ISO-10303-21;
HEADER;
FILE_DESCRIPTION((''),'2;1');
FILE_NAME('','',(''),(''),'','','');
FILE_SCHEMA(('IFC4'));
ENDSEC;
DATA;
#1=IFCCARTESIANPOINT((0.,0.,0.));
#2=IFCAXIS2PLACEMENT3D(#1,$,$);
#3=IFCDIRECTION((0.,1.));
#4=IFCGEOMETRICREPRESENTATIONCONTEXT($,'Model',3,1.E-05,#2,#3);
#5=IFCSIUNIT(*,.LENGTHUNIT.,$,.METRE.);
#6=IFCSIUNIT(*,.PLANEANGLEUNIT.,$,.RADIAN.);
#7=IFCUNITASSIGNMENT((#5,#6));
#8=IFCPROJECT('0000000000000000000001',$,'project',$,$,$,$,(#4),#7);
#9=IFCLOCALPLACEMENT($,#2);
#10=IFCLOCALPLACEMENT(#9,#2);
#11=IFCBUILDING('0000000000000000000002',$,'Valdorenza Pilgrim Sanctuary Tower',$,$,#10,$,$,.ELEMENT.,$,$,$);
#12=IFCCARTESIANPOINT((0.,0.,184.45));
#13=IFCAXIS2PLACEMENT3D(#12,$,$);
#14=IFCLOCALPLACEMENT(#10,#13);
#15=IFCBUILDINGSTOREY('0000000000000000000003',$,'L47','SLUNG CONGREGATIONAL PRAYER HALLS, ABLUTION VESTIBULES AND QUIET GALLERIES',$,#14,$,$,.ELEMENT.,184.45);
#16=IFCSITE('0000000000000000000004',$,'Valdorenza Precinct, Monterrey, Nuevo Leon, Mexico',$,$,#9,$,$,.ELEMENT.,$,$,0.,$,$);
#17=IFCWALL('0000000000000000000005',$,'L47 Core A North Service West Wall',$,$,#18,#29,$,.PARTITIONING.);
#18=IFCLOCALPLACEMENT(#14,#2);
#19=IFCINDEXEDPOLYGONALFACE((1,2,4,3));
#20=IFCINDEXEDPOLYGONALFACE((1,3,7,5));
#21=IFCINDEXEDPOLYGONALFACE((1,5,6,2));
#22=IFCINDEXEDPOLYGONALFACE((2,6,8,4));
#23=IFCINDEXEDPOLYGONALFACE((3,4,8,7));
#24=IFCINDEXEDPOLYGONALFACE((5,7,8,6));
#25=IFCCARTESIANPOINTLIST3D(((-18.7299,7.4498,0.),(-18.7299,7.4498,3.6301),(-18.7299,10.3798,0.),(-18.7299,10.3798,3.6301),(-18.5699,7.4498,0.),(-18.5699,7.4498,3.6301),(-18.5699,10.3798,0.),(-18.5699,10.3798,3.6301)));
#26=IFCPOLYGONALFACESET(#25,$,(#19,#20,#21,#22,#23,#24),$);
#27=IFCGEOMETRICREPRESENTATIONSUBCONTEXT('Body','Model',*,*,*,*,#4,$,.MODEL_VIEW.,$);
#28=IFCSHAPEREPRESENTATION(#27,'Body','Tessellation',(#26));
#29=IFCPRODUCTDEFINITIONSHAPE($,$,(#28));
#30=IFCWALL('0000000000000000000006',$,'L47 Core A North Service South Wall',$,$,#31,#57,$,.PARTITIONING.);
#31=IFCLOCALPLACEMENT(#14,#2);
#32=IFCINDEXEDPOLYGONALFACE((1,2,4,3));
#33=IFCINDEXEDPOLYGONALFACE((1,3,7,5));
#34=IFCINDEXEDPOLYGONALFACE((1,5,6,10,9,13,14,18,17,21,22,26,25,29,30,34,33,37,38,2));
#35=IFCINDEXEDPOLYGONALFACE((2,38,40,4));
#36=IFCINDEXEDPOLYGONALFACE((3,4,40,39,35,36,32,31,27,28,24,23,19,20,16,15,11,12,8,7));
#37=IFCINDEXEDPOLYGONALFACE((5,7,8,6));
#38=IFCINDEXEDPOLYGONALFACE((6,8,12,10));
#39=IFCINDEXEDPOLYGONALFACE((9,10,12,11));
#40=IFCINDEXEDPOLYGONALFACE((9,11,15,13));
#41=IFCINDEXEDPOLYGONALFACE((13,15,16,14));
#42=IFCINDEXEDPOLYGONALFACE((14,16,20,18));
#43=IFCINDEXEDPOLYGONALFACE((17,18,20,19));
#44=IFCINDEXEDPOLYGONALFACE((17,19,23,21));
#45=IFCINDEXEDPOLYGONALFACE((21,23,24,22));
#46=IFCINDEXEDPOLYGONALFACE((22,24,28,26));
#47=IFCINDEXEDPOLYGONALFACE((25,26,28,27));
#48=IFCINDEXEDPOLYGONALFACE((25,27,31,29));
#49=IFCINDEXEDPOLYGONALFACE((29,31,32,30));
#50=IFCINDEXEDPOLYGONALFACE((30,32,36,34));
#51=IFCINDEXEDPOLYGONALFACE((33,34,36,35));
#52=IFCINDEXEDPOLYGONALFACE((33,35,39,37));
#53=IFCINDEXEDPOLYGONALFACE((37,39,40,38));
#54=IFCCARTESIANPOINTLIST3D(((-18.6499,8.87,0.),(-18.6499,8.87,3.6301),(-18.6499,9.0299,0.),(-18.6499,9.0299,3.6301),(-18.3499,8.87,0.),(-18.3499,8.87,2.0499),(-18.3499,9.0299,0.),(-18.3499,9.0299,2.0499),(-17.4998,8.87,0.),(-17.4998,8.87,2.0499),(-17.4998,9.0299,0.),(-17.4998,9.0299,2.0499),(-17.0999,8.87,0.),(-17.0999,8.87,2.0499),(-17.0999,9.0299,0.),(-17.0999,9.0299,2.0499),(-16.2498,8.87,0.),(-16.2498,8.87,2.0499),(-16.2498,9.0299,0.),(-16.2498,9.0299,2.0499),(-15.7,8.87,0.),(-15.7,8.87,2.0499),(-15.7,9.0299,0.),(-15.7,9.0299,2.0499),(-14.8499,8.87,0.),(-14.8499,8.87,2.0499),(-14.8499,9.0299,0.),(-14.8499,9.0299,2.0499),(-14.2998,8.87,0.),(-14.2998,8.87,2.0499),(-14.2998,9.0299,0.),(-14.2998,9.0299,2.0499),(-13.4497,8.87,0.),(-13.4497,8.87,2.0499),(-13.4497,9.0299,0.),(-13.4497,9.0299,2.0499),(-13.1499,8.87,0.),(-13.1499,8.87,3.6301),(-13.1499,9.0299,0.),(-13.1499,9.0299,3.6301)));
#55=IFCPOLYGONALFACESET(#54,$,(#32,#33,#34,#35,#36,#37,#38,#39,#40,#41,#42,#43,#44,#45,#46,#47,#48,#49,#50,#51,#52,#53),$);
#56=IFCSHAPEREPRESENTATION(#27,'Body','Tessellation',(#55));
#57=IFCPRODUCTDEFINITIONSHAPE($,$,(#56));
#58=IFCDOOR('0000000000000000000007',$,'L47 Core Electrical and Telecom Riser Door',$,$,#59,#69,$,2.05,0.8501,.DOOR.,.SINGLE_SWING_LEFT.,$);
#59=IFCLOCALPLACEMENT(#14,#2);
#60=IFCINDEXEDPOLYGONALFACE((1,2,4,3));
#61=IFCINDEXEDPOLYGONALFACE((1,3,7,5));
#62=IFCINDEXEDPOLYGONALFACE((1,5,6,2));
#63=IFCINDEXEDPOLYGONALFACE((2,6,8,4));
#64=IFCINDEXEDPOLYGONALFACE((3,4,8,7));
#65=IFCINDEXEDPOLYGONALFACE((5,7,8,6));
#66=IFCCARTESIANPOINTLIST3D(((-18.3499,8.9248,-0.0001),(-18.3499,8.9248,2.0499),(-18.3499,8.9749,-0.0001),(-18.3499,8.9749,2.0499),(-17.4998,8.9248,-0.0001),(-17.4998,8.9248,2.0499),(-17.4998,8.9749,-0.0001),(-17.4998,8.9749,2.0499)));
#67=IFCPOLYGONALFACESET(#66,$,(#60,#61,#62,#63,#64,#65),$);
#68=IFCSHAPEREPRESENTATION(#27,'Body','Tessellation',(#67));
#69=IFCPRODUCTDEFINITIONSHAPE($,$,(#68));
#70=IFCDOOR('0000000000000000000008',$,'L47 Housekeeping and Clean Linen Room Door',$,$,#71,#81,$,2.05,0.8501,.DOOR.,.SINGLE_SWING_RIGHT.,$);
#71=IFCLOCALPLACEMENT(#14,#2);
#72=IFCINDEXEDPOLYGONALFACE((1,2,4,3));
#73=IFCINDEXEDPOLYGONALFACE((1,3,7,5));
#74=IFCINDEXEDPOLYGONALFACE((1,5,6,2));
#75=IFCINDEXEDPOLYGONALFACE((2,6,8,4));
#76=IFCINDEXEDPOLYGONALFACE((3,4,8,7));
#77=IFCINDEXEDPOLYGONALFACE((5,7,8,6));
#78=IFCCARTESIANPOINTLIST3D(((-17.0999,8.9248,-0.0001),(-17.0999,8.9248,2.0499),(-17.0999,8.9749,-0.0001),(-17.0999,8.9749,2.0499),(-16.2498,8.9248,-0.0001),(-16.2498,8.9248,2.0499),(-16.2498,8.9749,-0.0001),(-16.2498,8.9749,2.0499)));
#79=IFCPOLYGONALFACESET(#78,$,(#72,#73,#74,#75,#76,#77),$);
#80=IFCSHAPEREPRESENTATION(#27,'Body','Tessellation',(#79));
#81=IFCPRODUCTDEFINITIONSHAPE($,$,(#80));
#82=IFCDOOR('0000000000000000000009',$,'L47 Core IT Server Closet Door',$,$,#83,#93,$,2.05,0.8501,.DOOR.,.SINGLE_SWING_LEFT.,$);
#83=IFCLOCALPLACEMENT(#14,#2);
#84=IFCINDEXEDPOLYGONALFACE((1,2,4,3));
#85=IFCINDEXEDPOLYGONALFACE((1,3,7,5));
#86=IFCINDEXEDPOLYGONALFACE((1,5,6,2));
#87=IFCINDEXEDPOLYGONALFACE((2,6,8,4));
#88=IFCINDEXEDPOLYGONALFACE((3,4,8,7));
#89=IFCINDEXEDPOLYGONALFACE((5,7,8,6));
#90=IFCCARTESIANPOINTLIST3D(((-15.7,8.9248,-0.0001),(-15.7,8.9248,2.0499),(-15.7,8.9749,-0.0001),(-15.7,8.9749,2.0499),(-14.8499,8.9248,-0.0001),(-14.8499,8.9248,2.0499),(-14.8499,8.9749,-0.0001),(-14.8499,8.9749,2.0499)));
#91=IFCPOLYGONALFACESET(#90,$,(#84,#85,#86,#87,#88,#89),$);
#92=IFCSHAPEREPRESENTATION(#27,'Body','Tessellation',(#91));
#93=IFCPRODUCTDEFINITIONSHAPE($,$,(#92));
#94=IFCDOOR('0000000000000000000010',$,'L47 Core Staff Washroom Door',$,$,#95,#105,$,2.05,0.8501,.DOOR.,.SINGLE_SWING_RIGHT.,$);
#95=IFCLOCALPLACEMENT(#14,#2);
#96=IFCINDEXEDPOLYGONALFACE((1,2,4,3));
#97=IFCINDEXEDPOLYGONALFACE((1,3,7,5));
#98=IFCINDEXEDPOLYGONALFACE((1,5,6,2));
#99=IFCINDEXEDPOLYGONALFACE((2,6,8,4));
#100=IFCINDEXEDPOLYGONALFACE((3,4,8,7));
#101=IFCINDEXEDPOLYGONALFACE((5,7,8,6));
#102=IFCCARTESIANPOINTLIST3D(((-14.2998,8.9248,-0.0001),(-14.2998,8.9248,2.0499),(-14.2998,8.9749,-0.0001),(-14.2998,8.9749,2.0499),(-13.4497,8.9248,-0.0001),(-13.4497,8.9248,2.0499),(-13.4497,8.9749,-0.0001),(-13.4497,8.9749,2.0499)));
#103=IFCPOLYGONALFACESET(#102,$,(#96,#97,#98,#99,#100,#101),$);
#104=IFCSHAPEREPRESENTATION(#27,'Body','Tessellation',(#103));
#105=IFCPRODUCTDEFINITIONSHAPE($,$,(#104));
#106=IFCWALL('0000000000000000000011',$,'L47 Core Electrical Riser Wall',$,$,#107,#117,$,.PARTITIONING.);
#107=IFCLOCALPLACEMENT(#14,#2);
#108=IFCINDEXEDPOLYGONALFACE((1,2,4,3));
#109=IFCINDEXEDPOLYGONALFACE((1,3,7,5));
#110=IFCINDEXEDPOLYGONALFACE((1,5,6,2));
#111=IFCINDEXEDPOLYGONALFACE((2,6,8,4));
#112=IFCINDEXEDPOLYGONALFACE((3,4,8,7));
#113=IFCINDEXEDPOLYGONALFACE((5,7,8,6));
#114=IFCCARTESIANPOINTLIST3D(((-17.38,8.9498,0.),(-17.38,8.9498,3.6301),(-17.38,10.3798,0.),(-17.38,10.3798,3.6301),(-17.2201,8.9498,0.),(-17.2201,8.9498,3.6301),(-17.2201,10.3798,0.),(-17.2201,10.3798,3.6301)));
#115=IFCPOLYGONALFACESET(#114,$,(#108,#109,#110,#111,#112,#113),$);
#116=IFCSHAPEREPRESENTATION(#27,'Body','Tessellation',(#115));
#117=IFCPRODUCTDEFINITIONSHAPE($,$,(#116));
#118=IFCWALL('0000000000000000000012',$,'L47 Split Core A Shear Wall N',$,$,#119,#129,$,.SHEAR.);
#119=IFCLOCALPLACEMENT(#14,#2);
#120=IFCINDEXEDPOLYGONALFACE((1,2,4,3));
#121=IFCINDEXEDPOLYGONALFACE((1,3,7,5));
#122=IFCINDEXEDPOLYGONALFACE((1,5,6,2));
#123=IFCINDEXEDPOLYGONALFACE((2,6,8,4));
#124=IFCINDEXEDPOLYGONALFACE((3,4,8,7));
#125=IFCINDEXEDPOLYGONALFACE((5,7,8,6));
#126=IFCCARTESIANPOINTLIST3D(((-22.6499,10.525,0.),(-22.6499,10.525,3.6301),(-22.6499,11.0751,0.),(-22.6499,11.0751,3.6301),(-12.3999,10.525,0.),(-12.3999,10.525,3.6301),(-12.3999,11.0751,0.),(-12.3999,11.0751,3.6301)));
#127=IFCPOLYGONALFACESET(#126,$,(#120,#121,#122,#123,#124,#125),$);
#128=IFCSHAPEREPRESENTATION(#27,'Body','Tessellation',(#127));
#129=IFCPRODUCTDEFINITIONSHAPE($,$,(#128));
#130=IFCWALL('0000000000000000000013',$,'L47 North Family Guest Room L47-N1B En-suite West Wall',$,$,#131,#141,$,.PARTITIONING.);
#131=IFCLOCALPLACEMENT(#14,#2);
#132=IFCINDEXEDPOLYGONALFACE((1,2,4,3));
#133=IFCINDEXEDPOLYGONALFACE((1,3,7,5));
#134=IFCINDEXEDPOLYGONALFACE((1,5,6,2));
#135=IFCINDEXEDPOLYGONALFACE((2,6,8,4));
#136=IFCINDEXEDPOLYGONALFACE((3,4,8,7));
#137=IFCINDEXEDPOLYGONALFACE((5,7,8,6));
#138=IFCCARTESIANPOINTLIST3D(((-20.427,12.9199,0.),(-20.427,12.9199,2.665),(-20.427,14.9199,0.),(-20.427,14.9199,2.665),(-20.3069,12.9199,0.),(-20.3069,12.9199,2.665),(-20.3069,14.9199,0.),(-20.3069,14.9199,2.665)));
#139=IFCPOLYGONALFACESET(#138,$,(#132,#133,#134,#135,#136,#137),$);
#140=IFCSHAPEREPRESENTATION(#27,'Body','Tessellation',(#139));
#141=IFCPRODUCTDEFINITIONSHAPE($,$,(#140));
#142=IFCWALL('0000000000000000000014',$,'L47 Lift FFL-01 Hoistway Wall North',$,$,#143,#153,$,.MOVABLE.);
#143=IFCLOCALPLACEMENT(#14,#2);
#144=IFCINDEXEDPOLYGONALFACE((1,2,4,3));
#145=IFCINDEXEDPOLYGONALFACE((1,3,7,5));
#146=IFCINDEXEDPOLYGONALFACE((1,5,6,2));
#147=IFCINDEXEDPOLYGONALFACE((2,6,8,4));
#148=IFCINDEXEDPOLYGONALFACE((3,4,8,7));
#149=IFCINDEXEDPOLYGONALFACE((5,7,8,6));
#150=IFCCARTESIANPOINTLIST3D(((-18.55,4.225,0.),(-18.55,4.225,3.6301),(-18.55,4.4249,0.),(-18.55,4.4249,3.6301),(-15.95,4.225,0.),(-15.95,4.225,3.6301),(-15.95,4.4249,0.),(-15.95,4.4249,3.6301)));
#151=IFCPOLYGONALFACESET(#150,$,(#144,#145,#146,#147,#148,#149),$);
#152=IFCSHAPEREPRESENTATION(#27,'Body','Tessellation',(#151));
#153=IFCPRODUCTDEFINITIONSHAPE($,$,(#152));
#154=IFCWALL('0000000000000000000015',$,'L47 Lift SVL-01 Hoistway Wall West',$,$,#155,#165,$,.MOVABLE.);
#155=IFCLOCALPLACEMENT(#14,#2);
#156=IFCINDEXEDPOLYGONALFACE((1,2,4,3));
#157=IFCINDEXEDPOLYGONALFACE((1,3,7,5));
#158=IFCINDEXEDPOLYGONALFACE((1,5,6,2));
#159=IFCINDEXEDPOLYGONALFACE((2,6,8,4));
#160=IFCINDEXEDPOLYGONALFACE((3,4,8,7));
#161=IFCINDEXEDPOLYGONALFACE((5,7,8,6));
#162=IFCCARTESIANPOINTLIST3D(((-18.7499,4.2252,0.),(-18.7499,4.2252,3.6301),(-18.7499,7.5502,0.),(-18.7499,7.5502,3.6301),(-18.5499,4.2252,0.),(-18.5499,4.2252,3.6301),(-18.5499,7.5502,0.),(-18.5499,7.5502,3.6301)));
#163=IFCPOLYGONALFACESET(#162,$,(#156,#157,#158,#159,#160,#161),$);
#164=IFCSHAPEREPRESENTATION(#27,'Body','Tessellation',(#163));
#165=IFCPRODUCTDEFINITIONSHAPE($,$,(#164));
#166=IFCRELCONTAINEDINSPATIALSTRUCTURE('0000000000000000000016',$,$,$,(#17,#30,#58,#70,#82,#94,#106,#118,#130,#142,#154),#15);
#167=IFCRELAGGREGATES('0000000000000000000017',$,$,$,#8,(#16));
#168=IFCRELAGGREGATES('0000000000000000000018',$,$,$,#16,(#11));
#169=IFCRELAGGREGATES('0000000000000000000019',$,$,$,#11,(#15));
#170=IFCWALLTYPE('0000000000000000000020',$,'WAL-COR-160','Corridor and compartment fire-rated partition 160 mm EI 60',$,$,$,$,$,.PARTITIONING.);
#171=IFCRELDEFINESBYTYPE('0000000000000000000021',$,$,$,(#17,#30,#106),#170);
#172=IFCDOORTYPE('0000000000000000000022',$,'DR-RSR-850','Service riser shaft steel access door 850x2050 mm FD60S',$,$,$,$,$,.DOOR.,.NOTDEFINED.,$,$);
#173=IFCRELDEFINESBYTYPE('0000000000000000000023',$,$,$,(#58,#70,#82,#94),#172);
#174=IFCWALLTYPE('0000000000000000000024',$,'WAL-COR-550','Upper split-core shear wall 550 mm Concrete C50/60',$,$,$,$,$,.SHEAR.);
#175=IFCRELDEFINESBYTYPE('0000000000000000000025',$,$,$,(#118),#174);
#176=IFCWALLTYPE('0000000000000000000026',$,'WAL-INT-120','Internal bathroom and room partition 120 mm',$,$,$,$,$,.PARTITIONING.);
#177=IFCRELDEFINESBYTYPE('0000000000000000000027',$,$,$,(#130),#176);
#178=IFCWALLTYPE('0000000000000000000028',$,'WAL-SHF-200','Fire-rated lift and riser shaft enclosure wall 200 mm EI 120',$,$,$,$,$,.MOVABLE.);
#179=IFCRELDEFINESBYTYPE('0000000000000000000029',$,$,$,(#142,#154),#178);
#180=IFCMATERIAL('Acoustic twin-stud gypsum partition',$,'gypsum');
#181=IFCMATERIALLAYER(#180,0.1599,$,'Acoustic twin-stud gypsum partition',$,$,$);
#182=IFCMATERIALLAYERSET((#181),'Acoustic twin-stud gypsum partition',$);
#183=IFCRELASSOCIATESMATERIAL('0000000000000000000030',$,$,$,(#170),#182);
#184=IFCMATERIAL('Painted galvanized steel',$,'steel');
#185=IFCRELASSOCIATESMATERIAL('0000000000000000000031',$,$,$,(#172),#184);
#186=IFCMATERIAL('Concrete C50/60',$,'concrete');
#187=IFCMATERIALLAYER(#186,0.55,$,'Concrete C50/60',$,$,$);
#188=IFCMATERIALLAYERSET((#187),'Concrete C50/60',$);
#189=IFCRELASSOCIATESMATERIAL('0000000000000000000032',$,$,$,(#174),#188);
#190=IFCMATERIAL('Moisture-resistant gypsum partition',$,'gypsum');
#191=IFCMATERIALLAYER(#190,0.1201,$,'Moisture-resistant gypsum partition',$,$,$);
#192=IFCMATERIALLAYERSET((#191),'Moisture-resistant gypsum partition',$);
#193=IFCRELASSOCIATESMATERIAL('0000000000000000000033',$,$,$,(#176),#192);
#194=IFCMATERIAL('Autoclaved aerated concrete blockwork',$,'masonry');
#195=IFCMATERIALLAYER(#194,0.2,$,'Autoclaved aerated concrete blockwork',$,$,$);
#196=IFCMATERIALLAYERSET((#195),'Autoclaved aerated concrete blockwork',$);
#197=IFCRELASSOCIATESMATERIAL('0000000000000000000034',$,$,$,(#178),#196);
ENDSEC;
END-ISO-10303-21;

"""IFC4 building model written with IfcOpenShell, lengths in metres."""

from ifc_helpers import new_model, si_unit, direction, frame, frame_2d, origin, place, context, subcontext, project, spatial, rectangle, extrude, material, layer, layer_set, type_object, element, fill, save


model = new_model("IFC4")

# Units and contexts
model_context = context("Model", 3, precision=1e-05, world=origin(), true_north=direction((0.0, 1.0)))
body_context = subcontext(model_context, "Body", "Model", "MODEL_VIEW")
ifc_project = project(units=[si_unit("LENGTHUNIT", "METRE"), si_unit("PLANEANGLEUNIT", "RADIAN")], contexts=[model_context])

# Site, building, storey
site_placement = place(None, origin())
site = spatial("IfcSite", under=ifc_project, at=site_placement, Name="Valdorenza Precinct, Monterrey, Nuevo Leon, Mexico", CompositionType="ELEMENT", RefElevation=0.0)
building_placement = place(site_placement, origin())
building = spatial("IfcBuilding", under=site, at=building_placement, Name="Valdorenza Pilgrim Sanctuary Tower", CompositionType="ELEMENT")
storey_placement = place(building_placement, frame((0.0, 0.0, 184.45)))
storey = spatial("IfcBuildingStorey", under=building, at=storey_placement, Name="L47", Description="SLUNG CONGREGATIONAL PRAYER HALLS, ABLUTION VESTIBULES AND QUIET GALLERIES", CompositionType="ELEMENT", Elevation=184.45)

# Wall
ifc_material_1 = material(Name="Acoustic twin-stud gypsum partition", Category="gypsum")
ifc_layer_1 = layer(ifc_material_1, 0.1599, Name="Acoustic twin-stud gypsum partition")
ifc_layer_set_1 = layer_set([ifc_layer_1], Name="Acoustic twin-stud gypsum partition")
wall_type_1 = type_object("IfcWallType", Name="WAL-COR-160", Description="Corridor and compartment fire-rated partition 160 mm EI 60", PredefinedType="PARTITIONING", material=ifc_layer_set_1)
wall_1_placement = place(storey_placement, frame((-18.6499, 7.45, 0.0), z_axis=(0.0, 0.0, 1.0), x_axis=(0.0, 1.0, 0.0)))
element("IfcWall", 1, at=wall_1_placement, inside=storey, type_object=wall_type_1, Name="L47 Core A North Service West Wall", PredefinedType="PARTITIONING", context=body_context, shape_type="SweptSolid", body=[
    extrude(rectangle(XDim=2.9299, YDim=0.1599, at=frame_2d((1.4648, 0.0))), origin(), (0.0, 0.0, 1.0), 3.6301),
])

# Wall, openings, doors
wall_2_placement = place(storey_placement, frame((-18.6499, 8.95, 0.0), z_axis=(0.0, 0.0, 1.0), x_axis=(1.0, 0.0, 0.0)))
wall_2 = element("IfcWall", 2, at=wall_2_placement, inside=storey, type_object=wall_type_1, Name="L47 Core A North Service South Wall", PredefinedType="PARTITIONING", context=body_context, shape_type="SweptSolid", body=[
    extrude(rectangle(XDim=5.5, YDim=0.1599, at=frame_2d((2.75, 0.0))), origin(), (0.0, 0.0, 1.0), 3.6301),
])
opening_1_placement = place(wall_2_placement, frame((0.3, 0.0, 0.0)))
opening_1 = element("IfcOpeningElement", 3, at=opening_1_placement, cuts=wall_2, PredefinedType="OPENING", context=body_context, shape_type="SweptSolid", body=[
    extrude(rectangle(XDim=0.8501, YDim=2.05, at=frame_2d((0.425, 1.0249))), frame((0.0, 0.0947, 0.0), z_axis=(0.0, -1.0, 0.0), x_axis=(1.0, 0.0, 0.0)), (0.0, 0.0, 1.0), 0.1897),
])
opening_2_placement = place(wall_2_placement, frame((1.55, 0.0, 0.0)))
opening_2 = element("IfcOpeningElement", 4, at=opening_2_placement, cuts=wall_2, PredefinedType="OPENING", context=body_context, shape_type="SweptSolid", body=[
    extrude(rectangle(XDim=0.8501, YDim=2.05, at=frame_2d((0.425, 1.0249))), frame((0.0, 0.0947, 0.0), z_axis=(0.0, -1.0, 0.0), x_axis=(1.0, 0.0, 0.0)), (0.0, 0.0, 1.0), 0.1897),
])
opening_3_placement = place(wall_2_placement, frame((2.95, 0.0, 0.0)))
opening_3 = element("IfcOpeningElement", 5, at=opening_3_placement, cuts=wall_2, PredefinedType="OPENING", context=body_context, shape_type="SweptSolid", body=[
    extrude(rectangle(XDim=0.8501, YDim=2.05, at=frame_2d((0.425, 1.0249))), frame((0.0, 0.0947, 0.0), z_axis=(0.0, -1.0, 0.0), x_axis=(1.0, 0.0, 0.0)), (0.0, 0.0, 1.0), 0.1897),
])
opening_4_placement = place(wall_2_placement, frame((4.3501, 0.0, 0.0)))
opening_4 = element("IfcOpeningElement", 6, at=opening_4_placement, cuts=wall_2, PredefinedType="OPENING", context=body_context, shape_type="SweptSolid", body=[
    extrude(rectangle(XDim=0.8501, YDim=2.05, at=frame_2d((0.425, 1.0249))), frame((0.0, 0.0947, 0.0), z_axis=(0.0, -1.0, 0.0), x_axis=(1.0, 0.0, 0.0)), (0.0, 0.0, 1.0), 0.1897),
])
ifc_material_2 = material(Name="Painted galvanized steel", Category="steel")
door_type_1 = type_object("IfcDoorType", Name="DR-RSR-850", Description="Service riser shaft steel access door 850x2050 mm FD60S", OperationType="NOTDEFINED", PredefinedType="DOOR", material=ifc_material_2)
door_1_placement = place(opening_1_placement, origin())
door_1 = element("IfcDoor", 7, at=door_1_placement, inside=storey, type_object=door_type_1, Name="L47 Core Electrical and Telecom Riser Door", OperationType="SINGLE_SWING_LEFT", OverallHeight=2.05, OverallWidth=0.8501, PredefinedType="DOOR", context=body_context, shape_type="SweptSolid", body=[
    extrude(rectangle(XDim=0.8501, YDim=2.05, at=frame_2d((0.425, 1.0249))), frame((0.0, 0.0249, 0.0), z_axis=(0.0, -1.0, 0.0), x_axis=(1.0, 0.0, 0.0)), (0.0, 0.0, 1.0), 0.05),
])
fill(opening_1, door_1)
door_2_placement = place(opening_2_placement, origin())
door_2 = element("IfcDoor", 8, at=door_2_placement, inside=storey, type_object=door_type_1, Name="L47 Housekeeping and Clean Linen Room Door", OperationType="SINGLE_SWING_RIGHT", OverallHeight=2.05, OverallWidth=0.8501, PredefinedType="DOOR", context=body_context, shape_type="SweptSolid", body=[
    extrude(rectangle(XDim=0.8501, YDim=2.05, at=frame_2d((0.425, 1.0249))), frame((0.0, 0.0249, 0.0), z_axis=(0.0, -1.0, 0.0), x_axis=(1.0, 0.0, 0.0)), (0.0, 0.0, 1.0), 0.05),
])
fill(opening_2, door_2)
door_3_placement = place(opening_3_placement, origin())
door_3 = element("IfcDoor", 9, at=door_3_placement, inside=storey, type_object=door_type_1, Name="L47 Core IT Server Closet Door", OperationType="SINGLE_SWING_LEFT", OverallHeight=2.05, OverallWidth=0.8501, PredefinedType="DOOR", context=body_context, shape_type="SweptSolid", body=[
    extrude(rectangle(XDim=0.8501, YDim=2.05, at=frame_2d((0.425, 1.0249))), frame((0.0, 0.0249, 0.0), z_axis=(0.0, -1.0, 0.0), x_axis=(1.0, 0.0, 0.0)), (0.0, 0.0, 1.0), 0.05),
])
fill(opening_3, door_3)
door_4_placement = place(opening_4_placement, origin())
door_4 = element("IfcDoor", 10, at=door_4_placement, inside=storey, type_object=door_type_1, Name="L47 Core Staff Washroom Door", OperationType="SINGLE_SWING_RIGHT", OverallHeight=2.05, OverallWidth=0.8501, PredefinedType="DOOR", context=body_context, shape_type="SweptSolid", body=[
    extrude(rectangle(XDim=0.8501, YDim=2.05, at=frame_2d((0.425, 1.0249))), frame((0.0, 0.0249, 0.0), z_axis=(0.0, -1.0, 0.0), x_axis=(1.0, 0.0, 0.0)), (0.0, 0.0, 1.0), 0.05),
])
fill(opening_4, door_4)

# Walls
wall_3_placement = place(storey_placement, frame((-17.3, 8.95, 0.0), z_axis=(0.0, 0.0, 1.0), x_axis=(0.0, 1.0, 0.0)))
element("IfcWall", 11, at=wall_3_placement, inside=storey, type_object=wall_type_1, Name="L47 Core Electrical Riser Wall", PredefinedType="PARTITIONING", context=body_context, shape_type="SweptSolid", body=[
    extrude(rectangle(XDim=1.4299, YDim=0.1599, at=frame_2d((0.7148, 0.0))), origin(), (0.0, 0.0, 1.0), 3.6301),
])
ifc_material_3 = material(Name="Concrete C50/60", Category="concrete")
ifc_layer_2 = layer(ifc_material_3, 0.55, Name="Concrete C50/60")
ifc_layer_set_2 = layer_set([ifc_layer_2], Name="Concrete C50/60")
wall_type_2 = type_object("IfcWallType", Name="WAL-COR-550", Description="Upper split-core shear wall 550 mm Concrete C50/60", PredefinedType="SHEAR", material=ifc_layer_set_2)
wall_4_placement = place(storey_placement, frame((-22.6499, 10.8, 0.0), z_axis=(0.0, 0.0, 1.0), x_axis=(1.0, 0.0, 0.0)))
element("IfcWall", 12, at=wall_4_placement, inside=storey, type_object=wall_type_2, Name="L47 Split Core A Shear Wall N", PredefinedType="SHEAR", context=body_context, shape_type="SweptSolid", body=[
    extrude(rectangle(XDim=10.25, YDim=0.55, at=frame_2d((5.125, 0.0))), origin(), (0.0, 0.0, 1.0), 3.6301),
])
ifc_material_4 = material(Name="Moisture-resistant gypsum partition", Category="gypsum")
ifc_layer_3 = layer(ifc_material_4, 0.1201, Name="Moisture-resistant gypsum partition")
ifc_layer_set_3 = layer_set([ifc_layer_3], Name="Moisture-resistant gypsum partition")
wall_type_3 = type_object("IfcWallType", Name="WAL-INT-120", Description="Internal bathroom and room partition 120 mm", PredefinedType="PARTITIONING", material=ifc_layer_set_3)
wall_5_placement = place(storey_placement, frame((-20.3669, 12.9199, 0.0), z_axis=(0.0, 0.0, 1.0), x_axis=(0.0, 1.0, 0.0)))
element("IfcWall", 13, at=wall_5_placement, inside=storey, type_object=wall_type_3, Name="L47 North Family Guest Room L47-N1B En-suite West Wall", PredefinedType="PARTITIONING", context=body_context, shape_type="SweptSolid", body=[
    extrude(rectangle(XDim=2.0, YDim=0.1201, at=frame_2d((1.0, 0.0))), origin(), (0.0, 0.0, 1.0), 2.665),
])
ifc_material_5 = material(Name="Autoclaved aerated concrete blockwork", Category="masonry")
ifc_layer_4 = layer(ifc_material_5, 0.2, Name="Autoclaved aerated concrete blockwork")
ifc_layer_set_4 = layer_set([ifc_layer_4], Name="Autoclaved aerated concrete blockwork")
wall_type_4 = type_object("IfcWallType", Name="WAL-SHF-200", Description="Fire-rated lift and riser shaft enclosure wall 200 mm EI 120", PredefinedType="MOVABLE", material=ifc_layer_set_4)
wall_6_placement = place(storey_placement, frame((-18.55, 4.325, 0.0), z_axis=(0.0, 0.0, 1.0), x_axis=(1.0, 0.0, 0.0)))
element("IfcWall", 14, at=wall_6_placement, inside=storey, type_object=wall_type_4, Name="L47 Lift FFL-01 Hoistway Wall North", PredefinedType="MOVABLE", context=body_context, shape_type="SweptSolid", body=[
    extrude(rectangle(XDim=2.6001, YDim=0.2, at=frame_2d((1.3, 0.0))), origin(), (0.0, 0.0, 1.0), 3.6301),
])
wall_7_placement = place(storey_placement, frame((-18.6499, 4.2251, 0.0), z_axis=(0.0, 0.0, 1.0), x_axis=(0.0, 1.0, 0.0)))
element("IfcWall", 15, at=wall_7_placement, inside=storey, type_object=wall_type_4, Name="L47 Lift SVL-01 Hoistway Wall West", PredefinedType="MOVABLE", context=body_context, shape_type="SweptSolid", body=[
    extrude(rectangle(XDim=3.325, YDim=0.2, at=frame_2d((1.6626, 0.0))), origin(), (0.0, 0.0, 1.0), 3.6301),
])

save(model, "model.ifc")
